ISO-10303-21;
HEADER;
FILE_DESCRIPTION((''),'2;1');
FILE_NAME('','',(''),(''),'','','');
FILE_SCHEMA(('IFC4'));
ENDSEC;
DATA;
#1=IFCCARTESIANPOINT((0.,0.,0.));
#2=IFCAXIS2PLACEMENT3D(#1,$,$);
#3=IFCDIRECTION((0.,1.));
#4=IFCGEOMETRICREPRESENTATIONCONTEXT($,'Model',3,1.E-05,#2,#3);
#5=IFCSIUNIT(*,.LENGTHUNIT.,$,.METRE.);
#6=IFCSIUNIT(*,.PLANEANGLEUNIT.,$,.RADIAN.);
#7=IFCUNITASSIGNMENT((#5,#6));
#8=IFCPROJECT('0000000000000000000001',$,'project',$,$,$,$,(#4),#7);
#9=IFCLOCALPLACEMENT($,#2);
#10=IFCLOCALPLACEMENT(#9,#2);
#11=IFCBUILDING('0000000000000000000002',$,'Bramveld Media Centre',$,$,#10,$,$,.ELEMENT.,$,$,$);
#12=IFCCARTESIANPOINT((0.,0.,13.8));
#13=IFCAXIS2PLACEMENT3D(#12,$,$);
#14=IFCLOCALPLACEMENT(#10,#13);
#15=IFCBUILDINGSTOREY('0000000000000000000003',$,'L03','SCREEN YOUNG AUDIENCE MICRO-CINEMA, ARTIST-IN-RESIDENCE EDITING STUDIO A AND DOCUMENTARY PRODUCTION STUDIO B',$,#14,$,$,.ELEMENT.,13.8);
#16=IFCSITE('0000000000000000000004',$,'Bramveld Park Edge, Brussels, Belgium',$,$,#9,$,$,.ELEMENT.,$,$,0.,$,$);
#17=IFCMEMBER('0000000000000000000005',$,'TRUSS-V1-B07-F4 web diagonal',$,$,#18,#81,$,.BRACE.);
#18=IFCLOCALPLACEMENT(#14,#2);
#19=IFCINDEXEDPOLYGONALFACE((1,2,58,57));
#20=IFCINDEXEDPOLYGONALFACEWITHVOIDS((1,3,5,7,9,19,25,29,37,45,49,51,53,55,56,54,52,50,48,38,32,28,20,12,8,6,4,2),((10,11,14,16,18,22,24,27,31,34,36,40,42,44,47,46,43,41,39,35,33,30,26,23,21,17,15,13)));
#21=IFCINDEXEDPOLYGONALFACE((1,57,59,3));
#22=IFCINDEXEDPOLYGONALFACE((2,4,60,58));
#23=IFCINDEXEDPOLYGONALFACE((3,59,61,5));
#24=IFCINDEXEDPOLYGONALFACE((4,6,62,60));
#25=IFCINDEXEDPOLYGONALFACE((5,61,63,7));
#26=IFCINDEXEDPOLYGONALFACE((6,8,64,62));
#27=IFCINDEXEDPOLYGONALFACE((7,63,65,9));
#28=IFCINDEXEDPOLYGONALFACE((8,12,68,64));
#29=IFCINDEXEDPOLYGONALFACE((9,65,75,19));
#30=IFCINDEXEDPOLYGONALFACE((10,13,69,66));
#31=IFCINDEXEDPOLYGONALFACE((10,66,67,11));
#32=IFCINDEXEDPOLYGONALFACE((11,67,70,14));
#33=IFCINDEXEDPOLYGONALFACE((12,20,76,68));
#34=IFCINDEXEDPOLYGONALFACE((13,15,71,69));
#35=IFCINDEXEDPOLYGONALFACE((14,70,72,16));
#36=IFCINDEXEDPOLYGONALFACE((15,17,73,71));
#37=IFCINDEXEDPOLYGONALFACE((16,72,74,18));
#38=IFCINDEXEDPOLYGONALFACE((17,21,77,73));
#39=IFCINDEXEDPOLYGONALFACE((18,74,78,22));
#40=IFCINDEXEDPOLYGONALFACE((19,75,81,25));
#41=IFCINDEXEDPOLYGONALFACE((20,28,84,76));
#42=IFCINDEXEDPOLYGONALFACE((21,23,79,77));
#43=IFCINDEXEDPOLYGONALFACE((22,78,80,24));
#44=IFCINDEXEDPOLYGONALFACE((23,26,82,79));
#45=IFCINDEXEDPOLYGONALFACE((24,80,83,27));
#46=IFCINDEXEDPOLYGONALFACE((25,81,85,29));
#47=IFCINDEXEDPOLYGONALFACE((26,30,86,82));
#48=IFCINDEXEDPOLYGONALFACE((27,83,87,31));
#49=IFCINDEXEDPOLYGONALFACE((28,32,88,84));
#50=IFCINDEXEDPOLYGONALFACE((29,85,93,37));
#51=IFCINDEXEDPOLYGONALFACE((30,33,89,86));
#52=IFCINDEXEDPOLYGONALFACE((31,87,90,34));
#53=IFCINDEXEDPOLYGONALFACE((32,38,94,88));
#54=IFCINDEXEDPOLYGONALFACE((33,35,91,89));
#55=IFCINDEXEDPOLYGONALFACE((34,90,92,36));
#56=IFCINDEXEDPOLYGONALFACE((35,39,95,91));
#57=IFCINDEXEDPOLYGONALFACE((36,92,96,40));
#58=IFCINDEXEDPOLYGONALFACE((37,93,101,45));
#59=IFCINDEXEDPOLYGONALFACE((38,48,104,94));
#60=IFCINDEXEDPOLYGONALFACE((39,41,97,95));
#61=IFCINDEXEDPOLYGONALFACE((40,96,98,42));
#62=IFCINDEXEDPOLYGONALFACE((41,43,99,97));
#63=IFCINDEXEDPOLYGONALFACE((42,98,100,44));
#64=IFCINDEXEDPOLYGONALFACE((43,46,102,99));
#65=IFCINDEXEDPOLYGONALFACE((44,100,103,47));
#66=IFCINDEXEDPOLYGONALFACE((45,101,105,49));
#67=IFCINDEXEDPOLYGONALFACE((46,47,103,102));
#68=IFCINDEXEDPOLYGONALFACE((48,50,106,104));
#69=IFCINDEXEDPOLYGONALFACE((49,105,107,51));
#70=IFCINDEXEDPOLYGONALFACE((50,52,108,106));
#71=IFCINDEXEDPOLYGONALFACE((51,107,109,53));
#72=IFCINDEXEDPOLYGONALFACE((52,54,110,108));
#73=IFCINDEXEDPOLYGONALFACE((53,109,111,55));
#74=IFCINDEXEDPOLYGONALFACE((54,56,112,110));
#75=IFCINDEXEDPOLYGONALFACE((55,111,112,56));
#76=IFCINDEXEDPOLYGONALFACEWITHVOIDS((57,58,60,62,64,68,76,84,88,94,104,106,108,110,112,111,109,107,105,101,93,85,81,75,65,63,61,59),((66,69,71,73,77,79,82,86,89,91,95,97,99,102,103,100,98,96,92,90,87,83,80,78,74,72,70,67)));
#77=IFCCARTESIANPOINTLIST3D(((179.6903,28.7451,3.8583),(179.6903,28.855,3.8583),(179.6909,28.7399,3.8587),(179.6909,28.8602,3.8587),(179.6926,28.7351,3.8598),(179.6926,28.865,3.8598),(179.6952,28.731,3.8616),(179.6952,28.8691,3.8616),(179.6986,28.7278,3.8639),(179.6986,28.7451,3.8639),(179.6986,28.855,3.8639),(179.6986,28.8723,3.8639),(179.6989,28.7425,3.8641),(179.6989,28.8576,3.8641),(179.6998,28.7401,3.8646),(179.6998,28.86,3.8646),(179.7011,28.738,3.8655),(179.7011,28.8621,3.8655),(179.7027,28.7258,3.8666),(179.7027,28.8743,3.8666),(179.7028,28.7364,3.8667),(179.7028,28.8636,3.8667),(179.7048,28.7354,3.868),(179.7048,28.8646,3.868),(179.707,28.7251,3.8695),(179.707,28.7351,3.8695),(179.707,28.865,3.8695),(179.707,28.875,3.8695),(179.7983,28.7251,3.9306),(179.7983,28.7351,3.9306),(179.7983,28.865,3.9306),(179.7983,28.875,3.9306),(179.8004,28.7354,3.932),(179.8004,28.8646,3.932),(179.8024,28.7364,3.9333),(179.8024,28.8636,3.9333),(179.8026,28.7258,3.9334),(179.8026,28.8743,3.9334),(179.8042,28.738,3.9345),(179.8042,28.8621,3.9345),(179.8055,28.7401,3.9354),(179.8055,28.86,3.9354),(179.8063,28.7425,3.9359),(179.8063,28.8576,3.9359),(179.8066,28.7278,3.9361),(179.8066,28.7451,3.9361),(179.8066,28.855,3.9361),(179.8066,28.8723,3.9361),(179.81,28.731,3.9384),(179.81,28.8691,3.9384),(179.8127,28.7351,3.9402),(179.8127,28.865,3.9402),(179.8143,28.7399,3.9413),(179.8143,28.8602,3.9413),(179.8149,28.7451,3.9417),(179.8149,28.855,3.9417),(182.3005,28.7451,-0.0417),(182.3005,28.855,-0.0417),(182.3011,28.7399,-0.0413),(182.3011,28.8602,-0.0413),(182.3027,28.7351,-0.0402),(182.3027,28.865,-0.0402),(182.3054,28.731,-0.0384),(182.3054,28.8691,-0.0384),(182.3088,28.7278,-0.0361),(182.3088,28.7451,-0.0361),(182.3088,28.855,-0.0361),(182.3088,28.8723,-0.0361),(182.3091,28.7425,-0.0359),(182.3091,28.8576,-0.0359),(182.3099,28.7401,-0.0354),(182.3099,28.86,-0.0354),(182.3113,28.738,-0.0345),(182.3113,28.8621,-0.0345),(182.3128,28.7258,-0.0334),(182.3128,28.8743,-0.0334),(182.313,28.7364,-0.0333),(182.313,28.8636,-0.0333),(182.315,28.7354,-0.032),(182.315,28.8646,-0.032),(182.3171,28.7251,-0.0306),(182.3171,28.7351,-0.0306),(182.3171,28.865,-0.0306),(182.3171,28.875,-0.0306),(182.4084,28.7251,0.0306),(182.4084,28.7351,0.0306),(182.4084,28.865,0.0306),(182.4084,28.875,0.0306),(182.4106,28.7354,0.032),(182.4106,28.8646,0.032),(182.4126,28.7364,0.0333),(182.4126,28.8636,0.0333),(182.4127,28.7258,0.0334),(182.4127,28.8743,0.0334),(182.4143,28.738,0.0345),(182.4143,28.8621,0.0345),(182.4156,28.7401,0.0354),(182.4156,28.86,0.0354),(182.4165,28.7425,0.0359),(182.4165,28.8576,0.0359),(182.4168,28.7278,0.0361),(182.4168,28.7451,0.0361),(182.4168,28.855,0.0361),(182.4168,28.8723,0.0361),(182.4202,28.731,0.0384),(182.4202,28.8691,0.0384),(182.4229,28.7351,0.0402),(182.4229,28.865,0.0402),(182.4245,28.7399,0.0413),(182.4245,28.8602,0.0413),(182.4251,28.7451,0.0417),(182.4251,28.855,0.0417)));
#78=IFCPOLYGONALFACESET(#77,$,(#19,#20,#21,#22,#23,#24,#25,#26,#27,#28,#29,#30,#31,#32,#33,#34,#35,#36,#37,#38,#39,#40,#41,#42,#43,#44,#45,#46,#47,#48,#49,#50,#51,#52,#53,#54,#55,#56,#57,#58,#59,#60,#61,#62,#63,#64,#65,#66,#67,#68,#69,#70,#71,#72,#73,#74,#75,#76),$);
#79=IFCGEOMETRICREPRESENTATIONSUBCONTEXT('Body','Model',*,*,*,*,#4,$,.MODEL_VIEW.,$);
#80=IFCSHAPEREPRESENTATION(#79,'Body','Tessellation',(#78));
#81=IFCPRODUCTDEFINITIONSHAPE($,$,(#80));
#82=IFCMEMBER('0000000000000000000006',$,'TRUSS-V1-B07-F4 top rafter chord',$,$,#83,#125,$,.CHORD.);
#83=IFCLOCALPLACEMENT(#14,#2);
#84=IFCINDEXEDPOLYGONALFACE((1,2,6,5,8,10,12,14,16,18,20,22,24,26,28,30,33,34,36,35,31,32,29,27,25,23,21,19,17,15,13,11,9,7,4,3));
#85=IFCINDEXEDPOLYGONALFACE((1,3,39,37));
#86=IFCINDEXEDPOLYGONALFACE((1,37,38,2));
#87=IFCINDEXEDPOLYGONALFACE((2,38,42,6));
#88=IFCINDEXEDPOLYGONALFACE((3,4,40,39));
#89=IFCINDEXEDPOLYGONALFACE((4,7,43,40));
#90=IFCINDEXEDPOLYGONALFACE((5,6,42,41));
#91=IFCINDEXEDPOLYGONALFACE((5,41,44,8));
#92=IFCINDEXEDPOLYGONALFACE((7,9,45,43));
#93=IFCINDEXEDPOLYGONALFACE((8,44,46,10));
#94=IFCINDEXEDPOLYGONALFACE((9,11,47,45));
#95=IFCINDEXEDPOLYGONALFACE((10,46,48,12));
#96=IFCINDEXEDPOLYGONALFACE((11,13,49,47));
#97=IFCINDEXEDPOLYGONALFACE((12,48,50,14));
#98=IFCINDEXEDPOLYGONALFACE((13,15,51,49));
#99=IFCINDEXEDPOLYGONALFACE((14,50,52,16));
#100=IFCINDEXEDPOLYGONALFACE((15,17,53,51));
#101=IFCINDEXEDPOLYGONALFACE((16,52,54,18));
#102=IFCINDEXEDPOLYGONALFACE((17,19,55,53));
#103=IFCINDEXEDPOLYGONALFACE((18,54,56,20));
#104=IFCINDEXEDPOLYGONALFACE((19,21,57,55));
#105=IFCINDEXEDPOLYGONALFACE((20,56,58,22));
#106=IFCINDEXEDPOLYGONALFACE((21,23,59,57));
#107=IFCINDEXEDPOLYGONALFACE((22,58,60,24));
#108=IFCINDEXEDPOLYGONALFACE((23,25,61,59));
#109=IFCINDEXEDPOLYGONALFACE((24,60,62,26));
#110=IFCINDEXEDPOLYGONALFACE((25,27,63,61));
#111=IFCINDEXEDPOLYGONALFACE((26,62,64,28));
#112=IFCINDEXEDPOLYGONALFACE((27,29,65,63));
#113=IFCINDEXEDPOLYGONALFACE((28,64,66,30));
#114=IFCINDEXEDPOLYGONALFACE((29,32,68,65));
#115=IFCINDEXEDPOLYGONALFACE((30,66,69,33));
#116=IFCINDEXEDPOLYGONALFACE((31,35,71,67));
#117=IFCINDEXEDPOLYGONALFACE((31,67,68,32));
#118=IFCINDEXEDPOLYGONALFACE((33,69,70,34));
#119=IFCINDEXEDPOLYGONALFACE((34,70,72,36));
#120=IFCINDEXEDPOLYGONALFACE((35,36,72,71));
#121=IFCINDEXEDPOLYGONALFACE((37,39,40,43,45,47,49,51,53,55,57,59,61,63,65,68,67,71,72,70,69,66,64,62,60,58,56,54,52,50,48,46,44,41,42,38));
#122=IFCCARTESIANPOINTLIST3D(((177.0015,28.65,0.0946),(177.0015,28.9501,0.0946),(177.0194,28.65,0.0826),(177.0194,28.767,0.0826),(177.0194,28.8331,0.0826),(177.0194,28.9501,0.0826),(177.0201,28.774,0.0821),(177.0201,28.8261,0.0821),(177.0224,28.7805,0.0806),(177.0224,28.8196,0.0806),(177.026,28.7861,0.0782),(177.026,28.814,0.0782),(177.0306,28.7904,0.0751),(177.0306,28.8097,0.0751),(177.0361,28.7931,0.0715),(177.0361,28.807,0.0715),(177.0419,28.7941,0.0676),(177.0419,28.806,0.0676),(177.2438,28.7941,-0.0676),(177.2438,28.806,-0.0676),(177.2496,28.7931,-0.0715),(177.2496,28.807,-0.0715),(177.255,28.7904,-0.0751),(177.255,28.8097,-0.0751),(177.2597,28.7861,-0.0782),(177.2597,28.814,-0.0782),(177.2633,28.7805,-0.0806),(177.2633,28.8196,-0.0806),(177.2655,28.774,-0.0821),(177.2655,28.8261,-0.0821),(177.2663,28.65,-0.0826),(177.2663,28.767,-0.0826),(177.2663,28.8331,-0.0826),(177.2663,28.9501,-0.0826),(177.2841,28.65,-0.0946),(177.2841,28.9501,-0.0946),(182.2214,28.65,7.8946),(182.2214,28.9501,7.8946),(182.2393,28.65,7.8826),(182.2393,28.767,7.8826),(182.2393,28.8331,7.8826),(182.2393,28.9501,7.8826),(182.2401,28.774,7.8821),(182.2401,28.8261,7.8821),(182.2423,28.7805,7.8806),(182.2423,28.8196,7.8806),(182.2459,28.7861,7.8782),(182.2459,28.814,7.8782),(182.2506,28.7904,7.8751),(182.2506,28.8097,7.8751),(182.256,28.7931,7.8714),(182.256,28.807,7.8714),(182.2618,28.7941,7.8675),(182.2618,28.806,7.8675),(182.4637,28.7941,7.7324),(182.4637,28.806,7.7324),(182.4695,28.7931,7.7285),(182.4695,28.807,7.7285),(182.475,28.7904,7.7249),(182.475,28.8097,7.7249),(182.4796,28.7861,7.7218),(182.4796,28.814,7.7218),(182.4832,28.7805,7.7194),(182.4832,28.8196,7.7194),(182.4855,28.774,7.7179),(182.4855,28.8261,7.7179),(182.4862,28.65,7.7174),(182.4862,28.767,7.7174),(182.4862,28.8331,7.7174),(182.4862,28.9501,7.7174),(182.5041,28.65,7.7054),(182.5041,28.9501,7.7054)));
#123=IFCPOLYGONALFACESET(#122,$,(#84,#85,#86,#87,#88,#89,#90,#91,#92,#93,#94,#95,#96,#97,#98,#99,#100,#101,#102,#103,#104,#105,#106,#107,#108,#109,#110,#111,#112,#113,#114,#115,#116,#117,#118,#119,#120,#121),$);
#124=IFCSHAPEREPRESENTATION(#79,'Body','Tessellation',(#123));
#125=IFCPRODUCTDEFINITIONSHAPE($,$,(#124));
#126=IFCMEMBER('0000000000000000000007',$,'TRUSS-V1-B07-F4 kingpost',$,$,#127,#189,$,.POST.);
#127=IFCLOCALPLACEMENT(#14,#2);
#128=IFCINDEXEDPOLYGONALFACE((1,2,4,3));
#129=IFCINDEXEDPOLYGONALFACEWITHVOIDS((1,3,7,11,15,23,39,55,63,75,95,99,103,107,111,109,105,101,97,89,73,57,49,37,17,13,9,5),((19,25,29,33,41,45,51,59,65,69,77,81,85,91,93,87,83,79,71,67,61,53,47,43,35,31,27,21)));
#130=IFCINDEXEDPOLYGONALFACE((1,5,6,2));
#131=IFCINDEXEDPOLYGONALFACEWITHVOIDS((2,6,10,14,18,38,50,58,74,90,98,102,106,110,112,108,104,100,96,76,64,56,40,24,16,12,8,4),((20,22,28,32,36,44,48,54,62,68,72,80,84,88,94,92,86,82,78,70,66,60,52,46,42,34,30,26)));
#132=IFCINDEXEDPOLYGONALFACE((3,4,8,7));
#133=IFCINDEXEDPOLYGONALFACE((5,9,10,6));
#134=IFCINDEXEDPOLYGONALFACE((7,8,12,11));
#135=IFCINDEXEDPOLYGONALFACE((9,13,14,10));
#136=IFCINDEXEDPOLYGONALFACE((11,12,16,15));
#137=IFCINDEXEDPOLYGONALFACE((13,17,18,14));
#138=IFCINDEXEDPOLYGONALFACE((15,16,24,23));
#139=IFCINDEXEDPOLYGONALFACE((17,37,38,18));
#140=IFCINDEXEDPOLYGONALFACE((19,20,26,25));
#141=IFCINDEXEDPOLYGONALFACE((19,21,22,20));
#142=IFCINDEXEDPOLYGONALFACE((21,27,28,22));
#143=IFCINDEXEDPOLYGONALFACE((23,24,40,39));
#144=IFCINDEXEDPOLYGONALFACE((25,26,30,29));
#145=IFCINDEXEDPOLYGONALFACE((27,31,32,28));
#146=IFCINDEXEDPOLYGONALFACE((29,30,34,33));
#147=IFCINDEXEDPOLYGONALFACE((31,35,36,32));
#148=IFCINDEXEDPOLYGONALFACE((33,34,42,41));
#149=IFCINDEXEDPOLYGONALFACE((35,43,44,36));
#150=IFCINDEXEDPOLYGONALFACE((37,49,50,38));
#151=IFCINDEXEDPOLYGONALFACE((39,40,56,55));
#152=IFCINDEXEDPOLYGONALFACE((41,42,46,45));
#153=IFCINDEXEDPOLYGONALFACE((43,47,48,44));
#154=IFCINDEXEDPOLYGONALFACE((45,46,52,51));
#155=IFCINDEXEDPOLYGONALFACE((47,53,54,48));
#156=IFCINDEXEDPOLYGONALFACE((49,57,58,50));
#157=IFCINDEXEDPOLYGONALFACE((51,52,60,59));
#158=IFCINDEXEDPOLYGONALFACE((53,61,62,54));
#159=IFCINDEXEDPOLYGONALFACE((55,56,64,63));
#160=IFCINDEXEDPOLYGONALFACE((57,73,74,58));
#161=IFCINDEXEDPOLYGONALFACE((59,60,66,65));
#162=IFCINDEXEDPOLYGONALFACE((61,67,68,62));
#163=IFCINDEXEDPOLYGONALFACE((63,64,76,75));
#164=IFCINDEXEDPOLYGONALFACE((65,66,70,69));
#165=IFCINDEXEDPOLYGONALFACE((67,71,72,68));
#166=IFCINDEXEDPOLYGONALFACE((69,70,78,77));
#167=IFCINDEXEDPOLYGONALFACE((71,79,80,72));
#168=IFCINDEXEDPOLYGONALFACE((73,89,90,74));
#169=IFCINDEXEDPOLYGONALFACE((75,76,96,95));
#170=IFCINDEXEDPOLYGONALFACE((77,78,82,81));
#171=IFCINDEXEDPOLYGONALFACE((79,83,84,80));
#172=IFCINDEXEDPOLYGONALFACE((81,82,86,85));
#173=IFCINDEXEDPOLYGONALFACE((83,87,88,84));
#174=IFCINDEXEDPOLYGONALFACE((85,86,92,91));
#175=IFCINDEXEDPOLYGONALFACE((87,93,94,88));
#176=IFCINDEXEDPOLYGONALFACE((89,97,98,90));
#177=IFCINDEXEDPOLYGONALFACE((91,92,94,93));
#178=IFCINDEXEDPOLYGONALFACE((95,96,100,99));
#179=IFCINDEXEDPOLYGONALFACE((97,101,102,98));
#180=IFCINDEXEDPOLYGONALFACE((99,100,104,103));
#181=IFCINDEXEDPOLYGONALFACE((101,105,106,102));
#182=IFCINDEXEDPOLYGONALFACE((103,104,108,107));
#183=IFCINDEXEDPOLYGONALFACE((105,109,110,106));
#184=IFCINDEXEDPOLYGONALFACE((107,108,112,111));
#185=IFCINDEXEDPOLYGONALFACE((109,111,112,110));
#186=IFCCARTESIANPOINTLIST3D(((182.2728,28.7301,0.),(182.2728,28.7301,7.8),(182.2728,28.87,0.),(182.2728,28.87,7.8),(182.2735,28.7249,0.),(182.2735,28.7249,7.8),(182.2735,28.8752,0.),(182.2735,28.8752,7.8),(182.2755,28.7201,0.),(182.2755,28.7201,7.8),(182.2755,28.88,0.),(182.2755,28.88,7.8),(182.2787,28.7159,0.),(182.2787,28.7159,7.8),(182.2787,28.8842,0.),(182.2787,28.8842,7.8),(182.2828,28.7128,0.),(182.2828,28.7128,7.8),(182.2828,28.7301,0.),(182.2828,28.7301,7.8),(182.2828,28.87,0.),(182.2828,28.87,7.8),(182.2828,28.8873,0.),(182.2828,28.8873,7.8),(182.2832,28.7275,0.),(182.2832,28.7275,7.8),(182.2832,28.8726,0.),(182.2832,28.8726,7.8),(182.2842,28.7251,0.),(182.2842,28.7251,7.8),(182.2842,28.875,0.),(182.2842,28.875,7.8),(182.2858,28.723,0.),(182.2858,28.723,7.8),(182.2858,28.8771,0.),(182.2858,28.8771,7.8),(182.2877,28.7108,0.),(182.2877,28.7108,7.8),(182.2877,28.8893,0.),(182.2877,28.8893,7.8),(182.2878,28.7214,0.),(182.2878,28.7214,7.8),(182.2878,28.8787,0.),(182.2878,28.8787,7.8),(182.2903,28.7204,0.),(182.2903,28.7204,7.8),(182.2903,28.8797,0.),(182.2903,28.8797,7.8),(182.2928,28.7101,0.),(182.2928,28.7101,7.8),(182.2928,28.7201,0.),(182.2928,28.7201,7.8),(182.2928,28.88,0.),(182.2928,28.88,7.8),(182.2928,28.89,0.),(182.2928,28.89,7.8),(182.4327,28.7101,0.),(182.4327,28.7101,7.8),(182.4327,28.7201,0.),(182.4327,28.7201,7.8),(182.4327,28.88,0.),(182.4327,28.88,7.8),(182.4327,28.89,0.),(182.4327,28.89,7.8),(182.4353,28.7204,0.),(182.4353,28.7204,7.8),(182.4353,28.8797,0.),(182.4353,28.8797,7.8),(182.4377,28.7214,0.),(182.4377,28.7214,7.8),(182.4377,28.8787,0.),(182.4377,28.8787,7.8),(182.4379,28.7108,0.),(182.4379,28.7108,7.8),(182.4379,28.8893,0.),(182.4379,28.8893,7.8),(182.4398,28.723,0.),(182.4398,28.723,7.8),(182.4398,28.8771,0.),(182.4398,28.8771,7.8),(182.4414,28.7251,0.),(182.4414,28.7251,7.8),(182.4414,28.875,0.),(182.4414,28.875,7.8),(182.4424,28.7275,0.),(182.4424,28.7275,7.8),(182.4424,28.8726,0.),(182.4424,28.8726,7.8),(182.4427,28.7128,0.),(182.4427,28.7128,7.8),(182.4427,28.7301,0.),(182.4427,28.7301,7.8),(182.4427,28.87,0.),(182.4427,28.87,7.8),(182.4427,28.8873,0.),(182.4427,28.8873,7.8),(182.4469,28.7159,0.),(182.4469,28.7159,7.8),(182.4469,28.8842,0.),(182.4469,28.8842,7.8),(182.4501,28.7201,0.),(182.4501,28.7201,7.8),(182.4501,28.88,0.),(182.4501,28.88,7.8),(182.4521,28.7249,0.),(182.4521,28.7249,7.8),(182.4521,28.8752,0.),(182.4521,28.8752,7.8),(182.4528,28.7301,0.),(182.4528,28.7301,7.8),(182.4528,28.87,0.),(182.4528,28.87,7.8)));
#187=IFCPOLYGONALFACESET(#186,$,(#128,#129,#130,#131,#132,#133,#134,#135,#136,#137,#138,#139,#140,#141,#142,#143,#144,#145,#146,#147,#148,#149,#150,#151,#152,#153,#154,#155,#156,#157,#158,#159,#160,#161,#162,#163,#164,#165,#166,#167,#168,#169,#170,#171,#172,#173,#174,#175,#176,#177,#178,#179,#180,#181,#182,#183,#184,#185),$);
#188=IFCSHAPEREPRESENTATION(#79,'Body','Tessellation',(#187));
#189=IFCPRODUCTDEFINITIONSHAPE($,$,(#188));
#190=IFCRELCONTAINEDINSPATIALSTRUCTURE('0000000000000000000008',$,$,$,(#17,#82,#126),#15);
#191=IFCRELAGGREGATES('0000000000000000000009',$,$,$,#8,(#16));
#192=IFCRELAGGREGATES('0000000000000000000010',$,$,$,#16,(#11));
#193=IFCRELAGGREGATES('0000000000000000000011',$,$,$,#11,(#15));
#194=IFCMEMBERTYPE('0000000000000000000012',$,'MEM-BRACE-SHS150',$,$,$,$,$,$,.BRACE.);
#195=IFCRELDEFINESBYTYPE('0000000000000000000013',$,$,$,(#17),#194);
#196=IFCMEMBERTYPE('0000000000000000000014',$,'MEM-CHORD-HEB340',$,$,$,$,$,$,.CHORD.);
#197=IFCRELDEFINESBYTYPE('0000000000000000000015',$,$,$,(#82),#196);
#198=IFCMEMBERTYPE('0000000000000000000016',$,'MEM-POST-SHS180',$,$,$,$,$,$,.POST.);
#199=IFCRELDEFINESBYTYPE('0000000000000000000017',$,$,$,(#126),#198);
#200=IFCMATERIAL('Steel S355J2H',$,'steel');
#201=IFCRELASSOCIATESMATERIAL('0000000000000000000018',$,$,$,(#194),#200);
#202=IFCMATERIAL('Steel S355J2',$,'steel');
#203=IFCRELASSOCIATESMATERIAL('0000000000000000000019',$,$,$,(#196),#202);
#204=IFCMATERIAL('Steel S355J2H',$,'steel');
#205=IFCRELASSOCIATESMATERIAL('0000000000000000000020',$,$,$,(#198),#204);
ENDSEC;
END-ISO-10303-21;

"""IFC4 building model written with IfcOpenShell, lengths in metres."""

from ifc_helpers import new_model, si_unit, direction, frame, origin, origin_2d, place, context, subcontext, project, spatial, hollow_rectangle, i_section, extrude, material, material_profile, profile_set, type_object, element, save


model = new_model("IFC4")

# Units and contexts
model_context = context("Model", 3, precision=1e-05, world=origin(), true_north=direction((0.0, 1.0)))
body_context = subcontext(model_context, "Body", "Model", "MODEL_VIEW")
ifc_project = project(units=[si_unit("LENGTHUNIT", "METRE"), si_unit("PLANEANGLEUNIT", "RADIAN")], contexts=[model_context])

# Site, building, storey
site_placement = place(None, origin())
site = spatial("IfcSite", under=ifc_project, at=site_placement, Name="Bramveld Park Edge, Brussels, Belgium", CompositionType="ELEMENT", RefElevation=0.0)
building_placement = place(site_placement, origin())
building = spatial("IfcBuilding", under=site, at=building_placement, Name="Bramveld Media Centre", CompositionType="ELEMENT")
storey_placement = place(building_placement, frame((0.0, 0.0, 13.8)))
storey = spatial("IfcBuildingStorey", under=building, at=storey_placement, Name="L03", Description="SCREEN YOUNG AUDIENCE MICRO-CINEMA, ARTIST-IN-RESIDENCE EDITING STUDIO A AND DOCUMENTARY PRODUCTION STUDIO B", CompositionType="ELEMENT", Elevation=13.8)

# Members
ifc_material_1 = material(Name="Steel S355J2H", Category="steel")
ifc_material_profile_1 = material_profile(ifc_material_1, hollow_rectangle(XDim=0.1499, YDim=0.1499, WallThickness=0.01, InnerFilletRadius=0.01, OuterFilletRadius=0.02, at=origin_2d()), Name="SHS 150x150x10")
ifc_profile_set_1 = profile_set([ifc_material_profile_1], Name="Steel S355J2H")
member_type_1 = type_object("IfcMemberType", Name="MEM-BRACE-SHS150", PredefinedType="BRACE", material=ifc_profile_set_1)
member_1_placement = place(storey_placement, frame((182.3628, 28.8, 0.0), z_axis=(-0.5562, 0.0, 0.831048), x_axis=(0.0, -1.0, 0.0)))
element("IfcMember", 1, at=member_1_placement, inside=storey, type_object=member_type_1, Name="TRUSS-V1-B07-F4 web diagonal", PredefinedType="BRACE", context=body_context, shape_type="SweptSolid", body=[
    extrude(hollow_rectangle(XDim=0.1499, YDim=0.1499, WallThickness=0.01, InnerFilletRadius=0.01, OuterFilletRadius=0.02, at=origin_2d()), origin(), (0.0, 0.0, 1.0), 4.6929),
])
ifc_material_2 = material(Name="Steel S355J2", Category="steel")
ifc_material_profile_2 = material_profile(ifc_material_2, i_section(OverallWidth=0.3, OverallDepth=0.3401, WebThickness=0.012, FlangeThickness=0.0215, FilletRadius=0.0271, at=origin_2d()), Name="HEB 340")
ifc_profile_set_2 = profile_set([ifc_material_profile_2], Name="Steel S355J2")
member_type_2 = type_object("IfcMemberType", Name="MEM-CHORD-HEB340", PredefinedType="CHORD", material=ifc_profile_set_2)
member_2_placement = place(storey_placement, frame((177.1428, 28.8, 0.0), z_axis=(0.55617, 0.0, 0.831069), x_axis=(0.0, 1.0, 0.0)))
element("IfcMember", 2, at=member_2_placement, inside=storey, type_object=member_type_2, Name="TRUSS-V1-B07-F4 top rafter chord", PredefinedType="CHORD", context=body_context, shape_type="SweptSolid", body=[
    extrude(i_section(OverallWidth=0.3, OverallDepth=0.3401, WebThickness=0.012, FlangeThickness=0.0215, FilletRadius=0.0271, at=origin_2d()), origin(), (0.0, 0.0, 1.0), 9.3855),
])
ifc_material_3 = material(Name="Steel S355J2H", Category="steel")
ifc_material_profile_3 = material_profile(ifc_material_3, hollow_rectangle(XDim=0.1799, YDim=0.1799, WallThickness=0.01, InnerFilletRadius=0.01, OuterFilletRadius=0.02, at=origin_2d()), Name="SHS 180x180x10")
ifc_profile_set_3 = profile_set([ifc_material_profile_3], Name="Steel S355J2H")
member_type_3 = type_object("IfcMemberType", Name="MEM-POST-SHS180", PredefinedType="POST", material=ifc_profile_set_3)
member_3_placement = place(storey_placement, frame((182.3628, 28.8, 0.0), z_axis=(0.0, 0.0, 1.0), x_axis=(1.0, 0.0, 0.0)))
element("IfcMember", 3, at=member_3_placement, inside=storey, type_object=member_type_3, Name="TRUSS-V1-B07-F4 kingpost", PredefinedType="POST", context=body_context, shape_type="SweptSolid", body=[
    extrude(hollow_rectangle(XDim=0.1799, YDim=0.1799, WallThickness=0.01, InnerFilletRadius=0.01, OuterFilletRadius=0.02, at=origin_2d()), origin(), (0.0, 0.0, 1.0), 7.8),
])

save(model, "model.ifc")
